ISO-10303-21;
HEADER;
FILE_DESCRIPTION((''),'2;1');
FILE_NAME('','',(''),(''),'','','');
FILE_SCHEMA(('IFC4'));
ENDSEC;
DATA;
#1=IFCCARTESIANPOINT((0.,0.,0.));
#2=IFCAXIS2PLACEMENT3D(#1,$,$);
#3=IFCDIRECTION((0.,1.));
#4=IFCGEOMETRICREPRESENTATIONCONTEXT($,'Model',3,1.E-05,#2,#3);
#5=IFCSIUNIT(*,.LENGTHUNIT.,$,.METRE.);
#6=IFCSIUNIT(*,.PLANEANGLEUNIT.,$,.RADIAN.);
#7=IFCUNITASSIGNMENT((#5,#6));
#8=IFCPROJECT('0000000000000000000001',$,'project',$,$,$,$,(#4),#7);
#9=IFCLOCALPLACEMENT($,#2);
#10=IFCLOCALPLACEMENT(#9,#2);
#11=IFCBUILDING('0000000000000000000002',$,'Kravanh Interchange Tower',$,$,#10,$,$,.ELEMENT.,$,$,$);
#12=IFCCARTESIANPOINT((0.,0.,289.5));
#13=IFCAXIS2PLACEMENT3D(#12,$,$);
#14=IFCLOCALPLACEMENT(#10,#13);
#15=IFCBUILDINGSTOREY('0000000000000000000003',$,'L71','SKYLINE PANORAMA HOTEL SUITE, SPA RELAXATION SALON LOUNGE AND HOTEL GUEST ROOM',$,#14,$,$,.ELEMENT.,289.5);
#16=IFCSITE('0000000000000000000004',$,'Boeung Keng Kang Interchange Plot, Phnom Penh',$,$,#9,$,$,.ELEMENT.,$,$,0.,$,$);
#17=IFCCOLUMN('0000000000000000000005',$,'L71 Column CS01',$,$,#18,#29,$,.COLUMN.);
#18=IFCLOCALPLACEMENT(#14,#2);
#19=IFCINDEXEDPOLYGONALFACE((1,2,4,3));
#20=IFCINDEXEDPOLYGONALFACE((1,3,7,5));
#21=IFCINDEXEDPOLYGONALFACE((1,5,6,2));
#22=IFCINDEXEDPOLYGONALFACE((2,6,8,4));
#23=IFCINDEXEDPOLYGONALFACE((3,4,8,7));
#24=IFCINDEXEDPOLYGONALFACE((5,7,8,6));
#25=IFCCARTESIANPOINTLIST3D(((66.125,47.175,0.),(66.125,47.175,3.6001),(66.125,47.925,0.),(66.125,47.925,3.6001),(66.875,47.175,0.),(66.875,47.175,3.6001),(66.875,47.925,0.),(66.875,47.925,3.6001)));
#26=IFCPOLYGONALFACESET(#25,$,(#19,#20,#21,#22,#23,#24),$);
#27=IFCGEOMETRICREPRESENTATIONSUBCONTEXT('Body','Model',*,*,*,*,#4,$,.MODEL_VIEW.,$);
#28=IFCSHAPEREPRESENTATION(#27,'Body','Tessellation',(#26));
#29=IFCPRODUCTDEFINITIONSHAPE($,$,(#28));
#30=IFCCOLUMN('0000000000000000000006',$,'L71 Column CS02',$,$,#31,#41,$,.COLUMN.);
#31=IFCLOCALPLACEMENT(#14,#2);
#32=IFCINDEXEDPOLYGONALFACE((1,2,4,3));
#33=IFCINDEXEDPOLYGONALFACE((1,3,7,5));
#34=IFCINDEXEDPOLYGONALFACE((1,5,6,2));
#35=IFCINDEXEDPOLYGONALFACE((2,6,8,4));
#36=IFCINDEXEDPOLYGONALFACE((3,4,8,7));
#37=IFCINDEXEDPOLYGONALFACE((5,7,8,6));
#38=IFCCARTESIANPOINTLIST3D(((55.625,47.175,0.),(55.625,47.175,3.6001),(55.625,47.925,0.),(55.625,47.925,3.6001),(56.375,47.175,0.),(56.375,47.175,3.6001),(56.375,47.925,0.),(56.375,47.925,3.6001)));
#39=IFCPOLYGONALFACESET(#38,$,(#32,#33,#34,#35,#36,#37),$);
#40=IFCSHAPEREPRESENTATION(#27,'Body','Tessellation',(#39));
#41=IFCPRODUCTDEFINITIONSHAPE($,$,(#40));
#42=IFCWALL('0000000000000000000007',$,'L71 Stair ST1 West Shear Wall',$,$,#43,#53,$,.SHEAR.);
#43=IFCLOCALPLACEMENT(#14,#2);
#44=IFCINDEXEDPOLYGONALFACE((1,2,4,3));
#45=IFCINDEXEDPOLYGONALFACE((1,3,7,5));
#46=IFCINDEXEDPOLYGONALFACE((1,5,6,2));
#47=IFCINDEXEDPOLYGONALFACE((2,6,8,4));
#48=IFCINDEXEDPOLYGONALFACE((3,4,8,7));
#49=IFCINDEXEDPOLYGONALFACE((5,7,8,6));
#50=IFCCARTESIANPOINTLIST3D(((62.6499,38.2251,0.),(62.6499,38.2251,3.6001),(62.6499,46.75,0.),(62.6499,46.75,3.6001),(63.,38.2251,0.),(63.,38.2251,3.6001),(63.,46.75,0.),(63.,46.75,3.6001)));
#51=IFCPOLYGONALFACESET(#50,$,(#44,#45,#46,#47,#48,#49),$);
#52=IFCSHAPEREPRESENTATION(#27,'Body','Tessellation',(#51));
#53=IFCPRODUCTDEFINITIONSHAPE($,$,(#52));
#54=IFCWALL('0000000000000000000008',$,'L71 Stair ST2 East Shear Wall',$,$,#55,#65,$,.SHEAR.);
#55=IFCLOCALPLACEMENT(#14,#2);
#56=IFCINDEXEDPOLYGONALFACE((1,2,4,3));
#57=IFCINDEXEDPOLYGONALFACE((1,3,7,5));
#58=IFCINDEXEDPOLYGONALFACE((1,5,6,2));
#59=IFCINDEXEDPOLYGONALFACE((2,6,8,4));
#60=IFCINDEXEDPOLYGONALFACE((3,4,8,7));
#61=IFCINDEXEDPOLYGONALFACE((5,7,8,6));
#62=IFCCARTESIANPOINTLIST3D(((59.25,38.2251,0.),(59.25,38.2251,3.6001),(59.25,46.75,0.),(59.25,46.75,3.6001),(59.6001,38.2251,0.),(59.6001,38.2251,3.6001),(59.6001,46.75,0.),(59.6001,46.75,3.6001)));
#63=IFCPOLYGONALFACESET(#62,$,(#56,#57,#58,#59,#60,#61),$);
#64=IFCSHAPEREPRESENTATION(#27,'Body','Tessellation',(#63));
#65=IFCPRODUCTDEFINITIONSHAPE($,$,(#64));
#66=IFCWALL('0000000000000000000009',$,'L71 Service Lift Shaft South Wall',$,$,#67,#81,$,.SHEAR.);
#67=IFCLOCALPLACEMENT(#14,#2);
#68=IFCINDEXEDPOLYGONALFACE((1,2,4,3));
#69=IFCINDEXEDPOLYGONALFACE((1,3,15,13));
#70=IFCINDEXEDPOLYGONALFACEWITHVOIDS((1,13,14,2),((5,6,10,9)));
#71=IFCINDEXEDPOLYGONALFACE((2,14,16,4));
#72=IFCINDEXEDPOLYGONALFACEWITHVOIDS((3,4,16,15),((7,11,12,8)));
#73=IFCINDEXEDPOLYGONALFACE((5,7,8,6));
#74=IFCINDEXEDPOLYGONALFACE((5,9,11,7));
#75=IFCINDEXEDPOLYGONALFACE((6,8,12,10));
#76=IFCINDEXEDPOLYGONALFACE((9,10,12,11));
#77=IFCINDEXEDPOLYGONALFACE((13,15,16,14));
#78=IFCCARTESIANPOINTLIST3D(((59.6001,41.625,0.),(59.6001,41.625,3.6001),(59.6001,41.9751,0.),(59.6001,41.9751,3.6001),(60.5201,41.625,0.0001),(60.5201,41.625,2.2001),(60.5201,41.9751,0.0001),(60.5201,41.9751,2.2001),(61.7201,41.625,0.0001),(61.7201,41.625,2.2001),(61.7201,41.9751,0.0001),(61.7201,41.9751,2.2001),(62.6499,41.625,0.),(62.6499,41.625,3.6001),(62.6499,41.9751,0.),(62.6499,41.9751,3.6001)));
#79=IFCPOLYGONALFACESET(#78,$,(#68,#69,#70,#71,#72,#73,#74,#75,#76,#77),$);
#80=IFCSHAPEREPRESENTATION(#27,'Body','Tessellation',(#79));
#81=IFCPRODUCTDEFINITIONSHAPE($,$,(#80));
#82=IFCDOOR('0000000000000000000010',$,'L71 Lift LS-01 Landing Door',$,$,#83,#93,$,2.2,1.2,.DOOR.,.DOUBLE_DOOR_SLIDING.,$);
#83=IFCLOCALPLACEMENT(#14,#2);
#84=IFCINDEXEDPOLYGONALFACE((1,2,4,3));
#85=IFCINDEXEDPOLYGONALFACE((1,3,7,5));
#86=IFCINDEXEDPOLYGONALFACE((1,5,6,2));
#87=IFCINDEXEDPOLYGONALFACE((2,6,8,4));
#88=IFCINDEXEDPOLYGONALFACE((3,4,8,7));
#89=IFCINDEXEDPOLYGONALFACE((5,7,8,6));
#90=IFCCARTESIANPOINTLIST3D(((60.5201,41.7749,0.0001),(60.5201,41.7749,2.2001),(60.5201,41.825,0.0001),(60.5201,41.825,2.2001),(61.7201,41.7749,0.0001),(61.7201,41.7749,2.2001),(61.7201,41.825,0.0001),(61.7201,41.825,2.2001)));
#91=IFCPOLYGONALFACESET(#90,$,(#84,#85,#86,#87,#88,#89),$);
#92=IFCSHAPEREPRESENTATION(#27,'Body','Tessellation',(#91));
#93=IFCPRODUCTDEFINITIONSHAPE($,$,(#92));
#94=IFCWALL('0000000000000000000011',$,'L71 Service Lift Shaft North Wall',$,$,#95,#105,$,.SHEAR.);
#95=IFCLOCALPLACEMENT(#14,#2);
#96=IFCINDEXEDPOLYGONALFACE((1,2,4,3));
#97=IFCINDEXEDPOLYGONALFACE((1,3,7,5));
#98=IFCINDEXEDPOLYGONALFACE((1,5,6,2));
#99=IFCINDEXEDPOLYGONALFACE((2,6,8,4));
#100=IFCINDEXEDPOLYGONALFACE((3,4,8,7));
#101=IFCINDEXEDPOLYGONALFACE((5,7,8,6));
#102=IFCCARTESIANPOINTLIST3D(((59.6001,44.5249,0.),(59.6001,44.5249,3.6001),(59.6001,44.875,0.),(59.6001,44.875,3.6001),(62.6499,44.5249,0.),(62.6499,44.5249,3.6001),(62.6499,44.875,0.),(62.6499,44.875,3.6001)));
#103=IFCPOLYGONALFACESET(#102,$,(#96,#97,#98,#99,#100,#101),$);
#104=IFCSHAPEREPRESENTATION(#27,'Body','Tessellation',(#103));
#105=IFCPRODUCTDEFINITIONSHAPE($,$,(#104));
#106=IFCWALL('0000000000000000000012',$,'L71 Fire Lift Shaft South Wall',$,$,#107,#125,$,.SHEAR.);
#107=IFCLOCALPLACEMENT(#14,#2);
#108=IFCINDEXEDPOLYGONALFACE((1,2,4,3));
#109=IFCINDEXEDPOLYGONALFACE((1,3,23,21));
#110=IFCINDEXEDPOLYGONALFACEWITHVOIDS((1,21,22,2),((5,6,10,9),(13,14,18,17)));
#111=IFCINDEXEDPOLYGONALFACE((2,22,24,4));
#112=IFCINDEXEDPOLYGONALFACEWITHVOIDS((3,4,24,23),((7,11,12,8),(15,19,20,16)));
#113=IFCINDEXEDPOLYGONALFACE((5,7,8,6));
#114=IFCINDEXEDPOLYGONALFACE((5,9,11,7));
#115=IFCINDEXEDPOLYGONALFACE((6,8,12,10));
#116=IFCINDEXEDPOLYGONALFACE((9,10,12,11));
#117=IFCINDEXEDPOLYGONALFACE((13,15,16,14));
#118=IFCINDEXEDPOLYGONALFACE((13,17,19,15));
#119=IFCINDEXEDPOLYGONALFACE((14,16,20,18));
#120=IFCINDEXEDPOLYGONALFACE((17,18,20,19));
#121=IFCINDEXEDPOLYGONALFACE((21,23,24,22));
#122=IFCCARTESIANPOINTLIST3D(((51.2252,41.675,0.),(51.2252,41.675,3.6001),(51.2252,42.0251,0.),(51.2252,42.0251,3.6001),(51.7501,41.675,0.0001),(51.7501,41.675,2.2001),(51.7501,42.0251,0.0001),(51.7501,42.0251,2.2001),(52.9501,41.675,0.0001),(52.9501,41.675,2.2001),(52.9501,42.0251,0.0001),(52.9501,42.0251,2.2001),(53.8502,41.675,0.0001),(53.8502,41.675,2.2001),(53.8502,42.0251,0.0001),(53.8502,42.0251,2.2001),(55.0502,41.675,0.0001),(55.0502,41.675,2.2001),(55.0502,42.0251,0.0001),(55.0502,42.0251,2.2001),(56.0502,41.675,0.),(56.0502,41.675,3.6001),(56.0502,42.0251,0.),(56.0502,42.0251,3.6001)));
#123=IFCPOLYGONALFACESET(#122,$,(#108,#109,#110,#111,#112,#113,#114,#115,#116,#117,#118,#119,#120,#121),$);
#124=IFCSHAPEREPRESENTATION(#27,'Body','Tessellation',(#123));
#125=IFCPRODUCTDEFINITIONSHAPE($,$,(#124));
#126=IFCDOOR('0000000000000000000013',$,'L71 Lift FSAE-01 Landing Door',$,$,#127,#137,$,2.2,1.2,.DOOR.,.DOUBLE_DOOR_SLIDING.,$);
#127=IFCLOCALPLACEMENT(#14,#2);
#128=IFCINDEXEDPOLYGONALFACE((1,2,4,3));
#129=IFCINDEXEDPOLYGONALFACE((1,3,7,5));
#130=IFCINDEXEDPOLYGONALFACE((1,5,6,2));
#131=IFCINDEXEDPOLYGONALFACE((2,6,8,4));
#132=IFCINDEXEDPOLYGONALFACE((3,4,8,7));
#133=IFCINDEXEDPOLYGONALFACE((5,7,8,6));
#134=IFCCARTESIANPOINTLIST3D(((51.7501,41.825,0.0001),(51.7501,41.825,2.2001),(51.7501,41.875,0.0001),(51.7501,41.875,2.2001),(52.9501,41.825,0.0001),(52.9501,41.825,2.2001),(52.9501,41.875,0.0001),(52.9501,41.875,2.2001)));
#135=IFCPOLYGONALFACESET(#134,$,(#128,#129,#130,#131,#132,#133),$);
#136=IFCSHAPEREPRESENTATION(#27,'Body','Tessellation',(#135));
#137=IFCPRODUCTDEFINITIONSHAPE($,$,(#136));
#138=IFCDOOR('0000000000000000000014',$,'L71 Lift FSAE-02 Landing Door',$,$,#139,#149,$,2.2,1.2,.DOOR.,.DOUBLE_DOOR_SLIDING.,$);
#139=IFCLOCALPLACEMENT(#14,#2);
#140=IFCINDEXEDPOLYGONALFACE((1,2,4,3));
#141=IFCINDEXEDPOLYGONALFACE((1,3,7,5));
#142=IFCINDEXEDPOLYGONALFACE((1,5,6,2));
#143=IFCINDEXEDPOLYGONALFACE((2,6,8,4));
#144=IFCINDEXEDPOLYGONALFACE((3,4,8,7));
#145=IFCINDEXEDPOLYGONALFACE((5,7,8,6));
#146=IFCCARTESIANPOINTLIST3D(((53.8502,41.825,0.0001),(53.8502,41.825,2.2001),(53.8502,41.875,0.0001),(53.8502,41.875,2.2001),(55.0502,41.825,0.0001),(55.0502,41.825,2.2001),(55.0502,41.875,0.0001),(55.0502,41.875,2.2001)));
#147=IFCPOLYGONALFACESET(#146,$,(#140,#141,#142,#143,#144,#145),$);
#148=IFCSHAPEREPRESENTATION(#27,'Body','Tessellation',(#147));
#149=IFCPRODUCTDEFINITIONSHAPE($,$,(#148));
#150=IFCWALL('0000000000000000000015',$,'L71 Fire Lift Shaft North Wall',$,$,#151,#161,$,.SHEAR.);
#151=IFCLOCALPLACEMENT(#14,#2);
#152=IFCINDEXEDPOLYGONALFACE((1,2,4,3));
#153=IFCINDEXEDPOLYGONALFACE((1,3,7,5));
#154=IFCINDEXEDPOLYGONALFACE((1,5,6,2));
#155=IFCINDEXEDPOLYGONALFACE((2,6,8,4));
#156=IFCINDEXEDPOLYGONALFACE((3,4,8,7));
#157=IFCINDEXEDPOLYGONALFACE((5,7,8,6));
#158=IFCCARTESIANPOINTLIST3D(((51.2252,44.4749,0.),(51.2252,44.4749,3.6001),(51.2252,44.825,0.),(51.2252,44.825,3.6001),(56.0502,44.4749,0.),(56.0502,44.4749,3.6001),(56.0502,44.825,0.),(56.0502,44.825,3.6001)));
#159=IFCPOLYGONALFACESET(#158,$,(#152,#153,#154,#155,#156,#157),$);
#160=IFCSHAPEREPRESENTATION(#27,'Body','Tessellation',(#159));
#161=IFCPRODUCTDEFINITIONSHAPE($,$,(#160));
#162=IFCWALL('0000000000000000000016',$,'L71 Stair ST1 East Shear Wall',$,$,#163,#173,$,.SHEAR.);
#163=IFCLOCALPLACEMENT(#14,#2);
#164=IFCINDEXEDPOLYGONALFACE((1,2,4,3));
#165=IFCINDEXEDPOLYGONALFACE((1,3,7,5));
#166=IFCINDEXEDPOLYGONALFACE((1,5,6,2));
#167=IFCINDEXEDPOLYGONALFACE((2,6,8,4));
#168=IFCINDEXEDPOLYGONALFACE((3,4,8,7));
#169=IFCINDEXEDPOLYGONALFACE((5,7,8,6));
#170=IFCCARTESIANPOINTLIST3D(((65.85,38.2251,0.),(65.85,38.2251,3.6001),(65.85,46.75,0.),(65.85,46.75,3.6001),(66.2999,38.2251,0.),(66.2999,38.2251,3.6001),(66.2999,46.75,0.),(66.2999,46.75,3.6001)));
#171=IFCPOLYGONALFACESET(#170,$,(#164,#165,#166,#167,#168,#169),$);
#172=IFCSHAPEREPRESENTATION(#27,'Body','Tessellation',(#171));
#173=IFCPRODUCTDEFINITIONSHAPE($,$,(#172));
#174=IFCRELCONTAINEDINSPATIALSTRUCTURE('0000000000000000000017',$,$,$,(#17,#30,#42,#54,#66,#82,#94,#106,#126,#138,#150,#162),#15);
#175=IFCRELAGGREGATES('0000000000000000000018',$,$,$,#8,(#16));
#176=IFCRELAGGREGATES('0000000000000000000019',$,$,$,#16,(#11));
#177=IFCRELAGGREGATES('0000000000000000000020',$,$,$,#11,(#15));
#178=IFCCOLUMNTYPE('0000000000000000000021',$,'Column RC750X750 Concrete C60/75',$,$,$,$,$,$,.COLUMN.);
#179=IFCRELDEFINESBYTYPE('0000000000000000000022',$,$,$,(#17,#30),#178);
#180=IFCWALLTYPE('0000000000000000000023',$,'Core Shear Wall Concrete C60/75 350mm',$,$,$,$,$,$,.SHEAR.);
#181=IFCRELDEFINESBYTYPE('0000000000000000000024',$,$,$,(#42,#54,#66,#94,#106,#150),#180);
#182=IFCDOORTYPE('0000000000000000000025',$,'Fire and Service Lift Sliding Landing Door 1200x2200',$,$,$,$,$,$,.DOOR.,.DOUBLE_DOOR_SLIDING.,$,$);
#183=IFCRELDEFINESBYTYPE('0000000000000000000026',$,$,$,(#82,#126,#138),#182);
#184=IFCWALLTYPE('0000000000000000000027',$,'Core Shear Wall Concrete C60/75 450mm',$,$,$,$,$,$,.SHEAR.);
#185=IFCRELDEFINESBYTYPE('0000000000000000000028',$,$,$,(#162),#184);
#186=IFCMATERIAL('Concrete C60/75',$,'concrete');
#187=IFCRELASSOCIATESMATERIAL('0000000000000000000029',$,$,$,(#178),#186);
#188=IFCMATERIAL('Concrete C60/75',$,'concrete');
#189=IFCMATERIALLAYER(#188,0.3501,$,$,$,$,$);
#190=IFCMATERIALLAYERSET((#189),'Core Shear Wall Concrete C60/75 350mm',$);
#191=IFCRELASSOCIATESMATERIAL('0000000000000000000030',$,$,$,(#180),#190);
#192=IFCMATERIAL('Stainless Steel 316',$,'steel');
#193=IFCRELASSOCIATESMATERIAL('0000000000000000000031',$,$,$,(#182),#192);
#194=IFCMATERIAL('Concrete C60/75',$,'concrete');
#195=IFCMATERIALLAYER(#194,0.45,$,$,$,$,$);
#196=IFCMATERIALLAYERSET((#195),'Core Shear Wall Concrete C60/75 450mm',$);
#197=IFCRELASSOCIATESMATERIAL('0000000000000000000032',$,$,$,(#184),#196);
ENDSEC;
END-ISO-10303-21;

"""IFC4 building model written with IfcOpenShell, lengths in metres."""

from ifc_helpers import new_model, si_unit, direction, frame, frame_2d, origin, origin_2d, place, context, subcontext, project, spatial, rectangle, extrude, material, layer, layer_set, material_profile, profile_set, type_object, element, fill, save


model = new_model("IFC4")

# Units and contexts
model_context = context("Model", 3, precision=1e-05, world=origin(), true_north=direction((0.0, 1.0)))
body_context = subcontext(model_context, "Body", "Model", "MODEL_VIEW")
ifc_project = project(units=[si_unit("LENGTHUNIT", "METRE"), si_unit("PLANEANGLEUNIT", "RADIAN")], contexts=[model_context])

# Site, building, storey
site_placement = place(None, origin())
site = spatial("IfcSite", under=ifc_project, at=site_placement, Name="Boeung Keng Kang Interchange Plot, Phnom Penh", CompositionType="ELEMENT", RefElevation=0.0)
building_placement = place(site_placement, origin())
building = spatial("IfcBuilding", under=site, at=building_placement, Name="Kravanh Interchange Tower", CompositionType="ELEMENT")
storey_placement = place(building_placement, frame((0.0, 0.0, 289.5)))
storey = spatial("IfcBuildingStorey", under=building, at=storey_placement, Name="L71", Description="SKYLINE PANORAMA HOTEL SUITE, SPA RELAXATION SALON LOUNGE AND HOTEL GUEST ROOM", CompositionType="ELEMENT", Elevation=289.5)

# Columns
ifc_material_1 = material(Name="Concrete C60/75", Category="concrete")
ifc_material_profile = material_profile(ifc_material_1, rectangle(XDim=0.75, YDim=0.75, at=origin_2d()), Name="RC750X750")
ifc_profile_set = profile_set([ifc_material_profile], Name="Concrete C60/75")
column_type = type_object("IfcColumnType", Name="Column RC750X750 Concrete C60/75", PredefinedType="COLUMN", material=ifc_profile_set)
for number, where, z_axis, x_axis, name in (
    (1, (66.5, 47.55, 0.0), (0.0, 0.0, 1.0), (1.0, 0.0, 0.0), "L71 Column CS01"),
    (2, (56.0, 47.55, 0.0), (0.0, 0.0, 1.0), (1.0, 0.0, 0.0), "L71 Column CS02"),
):
    element("IfcColumn", number, at=place(storey_placement, frame(where, z_axis=z_axis, x_axis=x_axis)), inside=storey, type_object=column_type, Name=name, PredefinedType="COLUMN", context=body_context, shape_type="SweptSolid", body=[
        extrude(rectangle(XDim=0.75, YDim=0.75, at=origin_2d()), origin(), (0.0, 0.0, 1.0), 3.6001),
    ])

# Walls
ifc_material_2 = material(Name="Concrete C60/75", Category="concrete")
ifc_layer_1 = layer(ifc_material_2, 0.3501)
ifc_layer_set_1 = layer_set([ifc_layer_1], Name="Core Shear Wall Concrete C60/75 350mm")
wall_type_1 = type_object("IfcWallType", Name="Core Shear Wall Concrete C60/75 350mm", PredefinedType="SHEAR", material=ifc_layer_set_1)
for number, where, z_axis, x_axis, name in (
    (3, (62.825, 38.2251, 0.0), (0.0, 0.0, 1.0), (0.0, 1.0, 0.0), "L71 Stair ST1 West Shear Wall"),
    (4, (59.425, 38.2251, 0.0), (0.0, 0.0, 1.0), (0.0, 1.0, 0.0), "L71 Stair ST2 East Shear Wall"),
):
    element("IfcWall", number, at=place(storey_placement, frame(where, z_axis=z_axis, x_axis=x_axis)), inside=storey, type_object=wall_type_1, Name=name, PredefinedType="SHEAR", context=body_context, shape_type="SweptSolid", body=[
        extrude(rectangle(XDim=8.5249, YDim=0.3501, at=frame_2d((4.2625, 0.0))), origin(), (0.0, 0.0, 1.0), 3.6001),
    ])

# Wall, opening, door
wall_1_placement = place(storey_placement, frame((59.6001, 41.8, 0.0), z_axis=(0.0, 0.0, 1.0), x_axis=(1.0, 0.0, 0.0)))
wall_1 = element("IfcWall", 5, at=wall_1_placement, inside=storey, type_object=wall_type_1, Name="L71 Service Lift Shaft South Wall", PredefinedType="SHEAR", context=body_context, shape_type="SweptSolid", body=[
    extrude(rectangle(XDim=3.0498, YDim=0.3501, at=frame_2d((1.5249, 0.0))), origin(), (0.0, 0.0, 1.0), 3.6001),
])
opening_1_placement = place(wall_1_placement, frame((0.9199, 0.0, 0.0)))
opening_1 = element("IfcOpeningElement", 6, at=opening_1_placement, cuts=wall_1, PredefinedType="OPENING", context=body_context, shape_type="SweptSolid", body=[
    extrude(rectangle(XDim=1.2, YDim=2.2, at=frame_2d((0.6001, 1.1001))), frame((0.0, 0.1851, 0.0), z_axis=(0.0, -1.0, 0.0), x_axis=(1.0, 0.0, 0.0)), (0.0, 0.0, 1.0), 0.3701),
])
ifc_material_3 = material(Name="Stainless Steel 316", Category="steel")
door_type = type_object("IfcDoorType", Name="Fire and Service Lift Sliding Landing Door 1200x2200", OperationType="DOUBLE_DOOR_SLIDING", PredefinedType="DOOR", material=ifc_material_3)
door_1_placement = place(opening_1_placement, origin())
door_1 = element("IfcDoor", 7, at=door_1_placement, inside=storey, type_object=door_type, Name="L71 Lift LS-01 Landing Door", OperationType="DOUBLE_DOOR_SLIDING", OverallHeight=2.2, OverallWidth=1.2, PredefinedType="DOOR", context=body_context, shape_type="SweptSolid", body=[
    extrude(rectangle(XDim=1.2, YDim=2.2, at=frame_2d((0.6001, 1.1001))), frame((0.0, 0.0249, 0.0), z_axis=(0.0, -1.0, 0.0), x_axis=(1.0, 0.0, 0.0)), (0.0, 0.0, 1.0), 0.05),
])
fill(opening_1, door_1)

# Wall
wall_2_placement = place(storey_placement, frame((59.6001, 44.7, 0.0), z_axis=(0.0, 0.0, 1.0), x_axis=(1.0, 0.0, 0.0)))
element("IfcWall", 8, at=wall_2_placement, inside=storey, type_object=wall_type_1, Name="L71 Service Lift Shaft North Wall", PredefinedType="SHEAR", context=body_context, shape_type="SweptSolid", body=[
    extrude(rectangle(XDim=3.0498, YDim=0.3501, at=frame_2d((1.5249, 0.0))), origin(), (0.0, 0.0, 1.0), 3.6001),
])

# Wall, openings, doors
wall_3_placement = place(storey_placement, frame((51.2251, 41.8501, 0.0), z_axis=(0.0, 0.0, 1.0), x_axis=(1.0, 0.0, 0.0)))
wall_3 = element("IfcWall", 9, at=wall_3_placement, inside=storey, type_object=wall_type_1, Name="L71 Fire Lift Shaft South Wall", PredefinedType="SHEAR", context=body_context, shape_type="SweptSolid", body=[
    extrude(rectangle(XDim=4.825, YDim=0.3501, at=frame_2d((2.4126, 0.0))), origin(), (0.0, 0.0, 1.0), 3.6001),
])
opening_2_placement = place(wall_3_placement, frame((0.5249, 0.0, 0.0)))
opening_2 = element("IfcOpeningElement", 10, at=opening_2_placement, cuts=wall_3, PredefinedType="OPENING", context=body_context, shape_type="SweptSolid", body=[
    extrude(rectangle(XDim=1.2, YDim=2.2, at=frame_2d((0.6001, 1.1001))), frame((0.0, 0.1851, 0.0), z_axis=(0.0, -1.0, 0.0), x_axis=(1.0, 0.0, 0.0)), (0.0, 0.0, 1.0), 0.3701),
])
opening_3_placement = place(wall_3_placement, frame((2.625, 0.0, 0.0)))
opening_3 = element("IfcOpeningElement", 11, at=opening_3_placement, cuts=wall_3, PredefinedType="OPENING", context=body_context, shape_type="SweptSolid", body=[
    extrude(rectangle(XDim=1.2, YDim=2.2, at=frame_2d((0.6001, 1.1001))), frame((0.0, 0.1851, 0.0), z_axis=(0.0, -1.0, 0.0), x_axis=(1.0, 0.0, 0.0)), (0.0, 0.0, 1.0), 0.3701),
])
door_2_placement = place(opening_2_placement, origin())
door_2 = element("IfcDoor", 12, at=door_2_placement, inside=storey, type_object=door_type, Name="L71 Lift FSAE-01 Landing Door", OperationType="DOUBLE_DOOR_SLIDING", OverallHeight=2.2, OverallWidth=1.2, PredefinedType="DOOR", context=body_context, shape_type="SweptSolid", body=[
    extrude(rectangle(XDim=1.2, YDim=2.2, at=frame_2d((0.6001, 1.1001))), frame((0.0, 0.0249, 0.0), z_axis=(0.0, -1.0, 0.0), x_axis=(1.0, 0.0, 0.0)), (0.0, 0.0, 1.0), 0.05),
])
fill(opening_2, door_2)
door_3_placement = place(opening_3_placement, origin())
door_3 = element("IfcDoor", 13, at=door_3_placement, inside=storey, type_object=door_type, Name="L71 Lift FSAE-02 Landing Door", OperationType="DOUBLE_DOOR_SLIDING", OverallHeight=2.2, OverallWidth=1.2, PredefinedType="DOOR", context=body_context, shape_type="SweptSolid", body=[
    extrude(rectangle(XDim=1.2, YDim=2.2, at=frame_2d((0.6001, 1.1001))), frame((0.0, 0.0249, 0.0), z_axis=(0.0, -1.0, 0.0), x_axis=(1.0, 0.0, 0.0)), (0.0, 0.0, 1.0), 0.05),
])
fill(opening_3, door_3)

# Walls
wall_4_placement = place(storey_placement, frame((51.2251, 44.6499, 0.0), z_axis=(0.0, 0.0, 1.0), x_axis=(1.0, 0.0, 0.0)))
element("IfcWall", 14, at=wall_4_placement, inside=storey, type_object=wall_type_1, Name="L71 Fire Lift Shaft North Wall", PredefinedType="SHEAR", context=body_context, shape_type="SweptSolid", body=[
    extrude(rectangle(XDim=4.825, YDim=0.3501, at=frame_2d((2.4126, 0.0))), origin(), (0.0, 0.0, 1.0), 3.6001),
])
ifc_material_4 = material(Name="Concrete C60/75", Category="concrete")
ifc_layer_2 = layer(ifc_material_4, 0.45)
ifc_layer_set_2 = layer_set([ifc_layer_2], Name="Core Shear Wall Concrete C60/75 450mm")
wall_type_2 = type_object("IfcWallType", Name="Core Shear Wall Concrete C60/75 450mm", PredefinedType="SHEAR", material=ifc_layer_set_2)
wall_5_placement = place(storey_placement, frame((66.075, 38.2251, 0.0), z_axis=(0.0, 0.0, 1.0), x_axis=(0.0, 1.0, 0.0)))
element("IfcWall", 15, at=wall_5_placement, inside=storey, type_object=wall_type_2, Name="L71 Stair ST1 East Shear Wall", PredefinedType="SHEAR", context=body_context, shape_type="SweptSolid", body=[
    extrude(rectangle(XDim=8.5249, YDim=0.45, at=frame_2d((4.2625, 0.0))), origin(), (0.0, 0.0, 1.0), 3.6001),
])

save(model, "model.ifc")
